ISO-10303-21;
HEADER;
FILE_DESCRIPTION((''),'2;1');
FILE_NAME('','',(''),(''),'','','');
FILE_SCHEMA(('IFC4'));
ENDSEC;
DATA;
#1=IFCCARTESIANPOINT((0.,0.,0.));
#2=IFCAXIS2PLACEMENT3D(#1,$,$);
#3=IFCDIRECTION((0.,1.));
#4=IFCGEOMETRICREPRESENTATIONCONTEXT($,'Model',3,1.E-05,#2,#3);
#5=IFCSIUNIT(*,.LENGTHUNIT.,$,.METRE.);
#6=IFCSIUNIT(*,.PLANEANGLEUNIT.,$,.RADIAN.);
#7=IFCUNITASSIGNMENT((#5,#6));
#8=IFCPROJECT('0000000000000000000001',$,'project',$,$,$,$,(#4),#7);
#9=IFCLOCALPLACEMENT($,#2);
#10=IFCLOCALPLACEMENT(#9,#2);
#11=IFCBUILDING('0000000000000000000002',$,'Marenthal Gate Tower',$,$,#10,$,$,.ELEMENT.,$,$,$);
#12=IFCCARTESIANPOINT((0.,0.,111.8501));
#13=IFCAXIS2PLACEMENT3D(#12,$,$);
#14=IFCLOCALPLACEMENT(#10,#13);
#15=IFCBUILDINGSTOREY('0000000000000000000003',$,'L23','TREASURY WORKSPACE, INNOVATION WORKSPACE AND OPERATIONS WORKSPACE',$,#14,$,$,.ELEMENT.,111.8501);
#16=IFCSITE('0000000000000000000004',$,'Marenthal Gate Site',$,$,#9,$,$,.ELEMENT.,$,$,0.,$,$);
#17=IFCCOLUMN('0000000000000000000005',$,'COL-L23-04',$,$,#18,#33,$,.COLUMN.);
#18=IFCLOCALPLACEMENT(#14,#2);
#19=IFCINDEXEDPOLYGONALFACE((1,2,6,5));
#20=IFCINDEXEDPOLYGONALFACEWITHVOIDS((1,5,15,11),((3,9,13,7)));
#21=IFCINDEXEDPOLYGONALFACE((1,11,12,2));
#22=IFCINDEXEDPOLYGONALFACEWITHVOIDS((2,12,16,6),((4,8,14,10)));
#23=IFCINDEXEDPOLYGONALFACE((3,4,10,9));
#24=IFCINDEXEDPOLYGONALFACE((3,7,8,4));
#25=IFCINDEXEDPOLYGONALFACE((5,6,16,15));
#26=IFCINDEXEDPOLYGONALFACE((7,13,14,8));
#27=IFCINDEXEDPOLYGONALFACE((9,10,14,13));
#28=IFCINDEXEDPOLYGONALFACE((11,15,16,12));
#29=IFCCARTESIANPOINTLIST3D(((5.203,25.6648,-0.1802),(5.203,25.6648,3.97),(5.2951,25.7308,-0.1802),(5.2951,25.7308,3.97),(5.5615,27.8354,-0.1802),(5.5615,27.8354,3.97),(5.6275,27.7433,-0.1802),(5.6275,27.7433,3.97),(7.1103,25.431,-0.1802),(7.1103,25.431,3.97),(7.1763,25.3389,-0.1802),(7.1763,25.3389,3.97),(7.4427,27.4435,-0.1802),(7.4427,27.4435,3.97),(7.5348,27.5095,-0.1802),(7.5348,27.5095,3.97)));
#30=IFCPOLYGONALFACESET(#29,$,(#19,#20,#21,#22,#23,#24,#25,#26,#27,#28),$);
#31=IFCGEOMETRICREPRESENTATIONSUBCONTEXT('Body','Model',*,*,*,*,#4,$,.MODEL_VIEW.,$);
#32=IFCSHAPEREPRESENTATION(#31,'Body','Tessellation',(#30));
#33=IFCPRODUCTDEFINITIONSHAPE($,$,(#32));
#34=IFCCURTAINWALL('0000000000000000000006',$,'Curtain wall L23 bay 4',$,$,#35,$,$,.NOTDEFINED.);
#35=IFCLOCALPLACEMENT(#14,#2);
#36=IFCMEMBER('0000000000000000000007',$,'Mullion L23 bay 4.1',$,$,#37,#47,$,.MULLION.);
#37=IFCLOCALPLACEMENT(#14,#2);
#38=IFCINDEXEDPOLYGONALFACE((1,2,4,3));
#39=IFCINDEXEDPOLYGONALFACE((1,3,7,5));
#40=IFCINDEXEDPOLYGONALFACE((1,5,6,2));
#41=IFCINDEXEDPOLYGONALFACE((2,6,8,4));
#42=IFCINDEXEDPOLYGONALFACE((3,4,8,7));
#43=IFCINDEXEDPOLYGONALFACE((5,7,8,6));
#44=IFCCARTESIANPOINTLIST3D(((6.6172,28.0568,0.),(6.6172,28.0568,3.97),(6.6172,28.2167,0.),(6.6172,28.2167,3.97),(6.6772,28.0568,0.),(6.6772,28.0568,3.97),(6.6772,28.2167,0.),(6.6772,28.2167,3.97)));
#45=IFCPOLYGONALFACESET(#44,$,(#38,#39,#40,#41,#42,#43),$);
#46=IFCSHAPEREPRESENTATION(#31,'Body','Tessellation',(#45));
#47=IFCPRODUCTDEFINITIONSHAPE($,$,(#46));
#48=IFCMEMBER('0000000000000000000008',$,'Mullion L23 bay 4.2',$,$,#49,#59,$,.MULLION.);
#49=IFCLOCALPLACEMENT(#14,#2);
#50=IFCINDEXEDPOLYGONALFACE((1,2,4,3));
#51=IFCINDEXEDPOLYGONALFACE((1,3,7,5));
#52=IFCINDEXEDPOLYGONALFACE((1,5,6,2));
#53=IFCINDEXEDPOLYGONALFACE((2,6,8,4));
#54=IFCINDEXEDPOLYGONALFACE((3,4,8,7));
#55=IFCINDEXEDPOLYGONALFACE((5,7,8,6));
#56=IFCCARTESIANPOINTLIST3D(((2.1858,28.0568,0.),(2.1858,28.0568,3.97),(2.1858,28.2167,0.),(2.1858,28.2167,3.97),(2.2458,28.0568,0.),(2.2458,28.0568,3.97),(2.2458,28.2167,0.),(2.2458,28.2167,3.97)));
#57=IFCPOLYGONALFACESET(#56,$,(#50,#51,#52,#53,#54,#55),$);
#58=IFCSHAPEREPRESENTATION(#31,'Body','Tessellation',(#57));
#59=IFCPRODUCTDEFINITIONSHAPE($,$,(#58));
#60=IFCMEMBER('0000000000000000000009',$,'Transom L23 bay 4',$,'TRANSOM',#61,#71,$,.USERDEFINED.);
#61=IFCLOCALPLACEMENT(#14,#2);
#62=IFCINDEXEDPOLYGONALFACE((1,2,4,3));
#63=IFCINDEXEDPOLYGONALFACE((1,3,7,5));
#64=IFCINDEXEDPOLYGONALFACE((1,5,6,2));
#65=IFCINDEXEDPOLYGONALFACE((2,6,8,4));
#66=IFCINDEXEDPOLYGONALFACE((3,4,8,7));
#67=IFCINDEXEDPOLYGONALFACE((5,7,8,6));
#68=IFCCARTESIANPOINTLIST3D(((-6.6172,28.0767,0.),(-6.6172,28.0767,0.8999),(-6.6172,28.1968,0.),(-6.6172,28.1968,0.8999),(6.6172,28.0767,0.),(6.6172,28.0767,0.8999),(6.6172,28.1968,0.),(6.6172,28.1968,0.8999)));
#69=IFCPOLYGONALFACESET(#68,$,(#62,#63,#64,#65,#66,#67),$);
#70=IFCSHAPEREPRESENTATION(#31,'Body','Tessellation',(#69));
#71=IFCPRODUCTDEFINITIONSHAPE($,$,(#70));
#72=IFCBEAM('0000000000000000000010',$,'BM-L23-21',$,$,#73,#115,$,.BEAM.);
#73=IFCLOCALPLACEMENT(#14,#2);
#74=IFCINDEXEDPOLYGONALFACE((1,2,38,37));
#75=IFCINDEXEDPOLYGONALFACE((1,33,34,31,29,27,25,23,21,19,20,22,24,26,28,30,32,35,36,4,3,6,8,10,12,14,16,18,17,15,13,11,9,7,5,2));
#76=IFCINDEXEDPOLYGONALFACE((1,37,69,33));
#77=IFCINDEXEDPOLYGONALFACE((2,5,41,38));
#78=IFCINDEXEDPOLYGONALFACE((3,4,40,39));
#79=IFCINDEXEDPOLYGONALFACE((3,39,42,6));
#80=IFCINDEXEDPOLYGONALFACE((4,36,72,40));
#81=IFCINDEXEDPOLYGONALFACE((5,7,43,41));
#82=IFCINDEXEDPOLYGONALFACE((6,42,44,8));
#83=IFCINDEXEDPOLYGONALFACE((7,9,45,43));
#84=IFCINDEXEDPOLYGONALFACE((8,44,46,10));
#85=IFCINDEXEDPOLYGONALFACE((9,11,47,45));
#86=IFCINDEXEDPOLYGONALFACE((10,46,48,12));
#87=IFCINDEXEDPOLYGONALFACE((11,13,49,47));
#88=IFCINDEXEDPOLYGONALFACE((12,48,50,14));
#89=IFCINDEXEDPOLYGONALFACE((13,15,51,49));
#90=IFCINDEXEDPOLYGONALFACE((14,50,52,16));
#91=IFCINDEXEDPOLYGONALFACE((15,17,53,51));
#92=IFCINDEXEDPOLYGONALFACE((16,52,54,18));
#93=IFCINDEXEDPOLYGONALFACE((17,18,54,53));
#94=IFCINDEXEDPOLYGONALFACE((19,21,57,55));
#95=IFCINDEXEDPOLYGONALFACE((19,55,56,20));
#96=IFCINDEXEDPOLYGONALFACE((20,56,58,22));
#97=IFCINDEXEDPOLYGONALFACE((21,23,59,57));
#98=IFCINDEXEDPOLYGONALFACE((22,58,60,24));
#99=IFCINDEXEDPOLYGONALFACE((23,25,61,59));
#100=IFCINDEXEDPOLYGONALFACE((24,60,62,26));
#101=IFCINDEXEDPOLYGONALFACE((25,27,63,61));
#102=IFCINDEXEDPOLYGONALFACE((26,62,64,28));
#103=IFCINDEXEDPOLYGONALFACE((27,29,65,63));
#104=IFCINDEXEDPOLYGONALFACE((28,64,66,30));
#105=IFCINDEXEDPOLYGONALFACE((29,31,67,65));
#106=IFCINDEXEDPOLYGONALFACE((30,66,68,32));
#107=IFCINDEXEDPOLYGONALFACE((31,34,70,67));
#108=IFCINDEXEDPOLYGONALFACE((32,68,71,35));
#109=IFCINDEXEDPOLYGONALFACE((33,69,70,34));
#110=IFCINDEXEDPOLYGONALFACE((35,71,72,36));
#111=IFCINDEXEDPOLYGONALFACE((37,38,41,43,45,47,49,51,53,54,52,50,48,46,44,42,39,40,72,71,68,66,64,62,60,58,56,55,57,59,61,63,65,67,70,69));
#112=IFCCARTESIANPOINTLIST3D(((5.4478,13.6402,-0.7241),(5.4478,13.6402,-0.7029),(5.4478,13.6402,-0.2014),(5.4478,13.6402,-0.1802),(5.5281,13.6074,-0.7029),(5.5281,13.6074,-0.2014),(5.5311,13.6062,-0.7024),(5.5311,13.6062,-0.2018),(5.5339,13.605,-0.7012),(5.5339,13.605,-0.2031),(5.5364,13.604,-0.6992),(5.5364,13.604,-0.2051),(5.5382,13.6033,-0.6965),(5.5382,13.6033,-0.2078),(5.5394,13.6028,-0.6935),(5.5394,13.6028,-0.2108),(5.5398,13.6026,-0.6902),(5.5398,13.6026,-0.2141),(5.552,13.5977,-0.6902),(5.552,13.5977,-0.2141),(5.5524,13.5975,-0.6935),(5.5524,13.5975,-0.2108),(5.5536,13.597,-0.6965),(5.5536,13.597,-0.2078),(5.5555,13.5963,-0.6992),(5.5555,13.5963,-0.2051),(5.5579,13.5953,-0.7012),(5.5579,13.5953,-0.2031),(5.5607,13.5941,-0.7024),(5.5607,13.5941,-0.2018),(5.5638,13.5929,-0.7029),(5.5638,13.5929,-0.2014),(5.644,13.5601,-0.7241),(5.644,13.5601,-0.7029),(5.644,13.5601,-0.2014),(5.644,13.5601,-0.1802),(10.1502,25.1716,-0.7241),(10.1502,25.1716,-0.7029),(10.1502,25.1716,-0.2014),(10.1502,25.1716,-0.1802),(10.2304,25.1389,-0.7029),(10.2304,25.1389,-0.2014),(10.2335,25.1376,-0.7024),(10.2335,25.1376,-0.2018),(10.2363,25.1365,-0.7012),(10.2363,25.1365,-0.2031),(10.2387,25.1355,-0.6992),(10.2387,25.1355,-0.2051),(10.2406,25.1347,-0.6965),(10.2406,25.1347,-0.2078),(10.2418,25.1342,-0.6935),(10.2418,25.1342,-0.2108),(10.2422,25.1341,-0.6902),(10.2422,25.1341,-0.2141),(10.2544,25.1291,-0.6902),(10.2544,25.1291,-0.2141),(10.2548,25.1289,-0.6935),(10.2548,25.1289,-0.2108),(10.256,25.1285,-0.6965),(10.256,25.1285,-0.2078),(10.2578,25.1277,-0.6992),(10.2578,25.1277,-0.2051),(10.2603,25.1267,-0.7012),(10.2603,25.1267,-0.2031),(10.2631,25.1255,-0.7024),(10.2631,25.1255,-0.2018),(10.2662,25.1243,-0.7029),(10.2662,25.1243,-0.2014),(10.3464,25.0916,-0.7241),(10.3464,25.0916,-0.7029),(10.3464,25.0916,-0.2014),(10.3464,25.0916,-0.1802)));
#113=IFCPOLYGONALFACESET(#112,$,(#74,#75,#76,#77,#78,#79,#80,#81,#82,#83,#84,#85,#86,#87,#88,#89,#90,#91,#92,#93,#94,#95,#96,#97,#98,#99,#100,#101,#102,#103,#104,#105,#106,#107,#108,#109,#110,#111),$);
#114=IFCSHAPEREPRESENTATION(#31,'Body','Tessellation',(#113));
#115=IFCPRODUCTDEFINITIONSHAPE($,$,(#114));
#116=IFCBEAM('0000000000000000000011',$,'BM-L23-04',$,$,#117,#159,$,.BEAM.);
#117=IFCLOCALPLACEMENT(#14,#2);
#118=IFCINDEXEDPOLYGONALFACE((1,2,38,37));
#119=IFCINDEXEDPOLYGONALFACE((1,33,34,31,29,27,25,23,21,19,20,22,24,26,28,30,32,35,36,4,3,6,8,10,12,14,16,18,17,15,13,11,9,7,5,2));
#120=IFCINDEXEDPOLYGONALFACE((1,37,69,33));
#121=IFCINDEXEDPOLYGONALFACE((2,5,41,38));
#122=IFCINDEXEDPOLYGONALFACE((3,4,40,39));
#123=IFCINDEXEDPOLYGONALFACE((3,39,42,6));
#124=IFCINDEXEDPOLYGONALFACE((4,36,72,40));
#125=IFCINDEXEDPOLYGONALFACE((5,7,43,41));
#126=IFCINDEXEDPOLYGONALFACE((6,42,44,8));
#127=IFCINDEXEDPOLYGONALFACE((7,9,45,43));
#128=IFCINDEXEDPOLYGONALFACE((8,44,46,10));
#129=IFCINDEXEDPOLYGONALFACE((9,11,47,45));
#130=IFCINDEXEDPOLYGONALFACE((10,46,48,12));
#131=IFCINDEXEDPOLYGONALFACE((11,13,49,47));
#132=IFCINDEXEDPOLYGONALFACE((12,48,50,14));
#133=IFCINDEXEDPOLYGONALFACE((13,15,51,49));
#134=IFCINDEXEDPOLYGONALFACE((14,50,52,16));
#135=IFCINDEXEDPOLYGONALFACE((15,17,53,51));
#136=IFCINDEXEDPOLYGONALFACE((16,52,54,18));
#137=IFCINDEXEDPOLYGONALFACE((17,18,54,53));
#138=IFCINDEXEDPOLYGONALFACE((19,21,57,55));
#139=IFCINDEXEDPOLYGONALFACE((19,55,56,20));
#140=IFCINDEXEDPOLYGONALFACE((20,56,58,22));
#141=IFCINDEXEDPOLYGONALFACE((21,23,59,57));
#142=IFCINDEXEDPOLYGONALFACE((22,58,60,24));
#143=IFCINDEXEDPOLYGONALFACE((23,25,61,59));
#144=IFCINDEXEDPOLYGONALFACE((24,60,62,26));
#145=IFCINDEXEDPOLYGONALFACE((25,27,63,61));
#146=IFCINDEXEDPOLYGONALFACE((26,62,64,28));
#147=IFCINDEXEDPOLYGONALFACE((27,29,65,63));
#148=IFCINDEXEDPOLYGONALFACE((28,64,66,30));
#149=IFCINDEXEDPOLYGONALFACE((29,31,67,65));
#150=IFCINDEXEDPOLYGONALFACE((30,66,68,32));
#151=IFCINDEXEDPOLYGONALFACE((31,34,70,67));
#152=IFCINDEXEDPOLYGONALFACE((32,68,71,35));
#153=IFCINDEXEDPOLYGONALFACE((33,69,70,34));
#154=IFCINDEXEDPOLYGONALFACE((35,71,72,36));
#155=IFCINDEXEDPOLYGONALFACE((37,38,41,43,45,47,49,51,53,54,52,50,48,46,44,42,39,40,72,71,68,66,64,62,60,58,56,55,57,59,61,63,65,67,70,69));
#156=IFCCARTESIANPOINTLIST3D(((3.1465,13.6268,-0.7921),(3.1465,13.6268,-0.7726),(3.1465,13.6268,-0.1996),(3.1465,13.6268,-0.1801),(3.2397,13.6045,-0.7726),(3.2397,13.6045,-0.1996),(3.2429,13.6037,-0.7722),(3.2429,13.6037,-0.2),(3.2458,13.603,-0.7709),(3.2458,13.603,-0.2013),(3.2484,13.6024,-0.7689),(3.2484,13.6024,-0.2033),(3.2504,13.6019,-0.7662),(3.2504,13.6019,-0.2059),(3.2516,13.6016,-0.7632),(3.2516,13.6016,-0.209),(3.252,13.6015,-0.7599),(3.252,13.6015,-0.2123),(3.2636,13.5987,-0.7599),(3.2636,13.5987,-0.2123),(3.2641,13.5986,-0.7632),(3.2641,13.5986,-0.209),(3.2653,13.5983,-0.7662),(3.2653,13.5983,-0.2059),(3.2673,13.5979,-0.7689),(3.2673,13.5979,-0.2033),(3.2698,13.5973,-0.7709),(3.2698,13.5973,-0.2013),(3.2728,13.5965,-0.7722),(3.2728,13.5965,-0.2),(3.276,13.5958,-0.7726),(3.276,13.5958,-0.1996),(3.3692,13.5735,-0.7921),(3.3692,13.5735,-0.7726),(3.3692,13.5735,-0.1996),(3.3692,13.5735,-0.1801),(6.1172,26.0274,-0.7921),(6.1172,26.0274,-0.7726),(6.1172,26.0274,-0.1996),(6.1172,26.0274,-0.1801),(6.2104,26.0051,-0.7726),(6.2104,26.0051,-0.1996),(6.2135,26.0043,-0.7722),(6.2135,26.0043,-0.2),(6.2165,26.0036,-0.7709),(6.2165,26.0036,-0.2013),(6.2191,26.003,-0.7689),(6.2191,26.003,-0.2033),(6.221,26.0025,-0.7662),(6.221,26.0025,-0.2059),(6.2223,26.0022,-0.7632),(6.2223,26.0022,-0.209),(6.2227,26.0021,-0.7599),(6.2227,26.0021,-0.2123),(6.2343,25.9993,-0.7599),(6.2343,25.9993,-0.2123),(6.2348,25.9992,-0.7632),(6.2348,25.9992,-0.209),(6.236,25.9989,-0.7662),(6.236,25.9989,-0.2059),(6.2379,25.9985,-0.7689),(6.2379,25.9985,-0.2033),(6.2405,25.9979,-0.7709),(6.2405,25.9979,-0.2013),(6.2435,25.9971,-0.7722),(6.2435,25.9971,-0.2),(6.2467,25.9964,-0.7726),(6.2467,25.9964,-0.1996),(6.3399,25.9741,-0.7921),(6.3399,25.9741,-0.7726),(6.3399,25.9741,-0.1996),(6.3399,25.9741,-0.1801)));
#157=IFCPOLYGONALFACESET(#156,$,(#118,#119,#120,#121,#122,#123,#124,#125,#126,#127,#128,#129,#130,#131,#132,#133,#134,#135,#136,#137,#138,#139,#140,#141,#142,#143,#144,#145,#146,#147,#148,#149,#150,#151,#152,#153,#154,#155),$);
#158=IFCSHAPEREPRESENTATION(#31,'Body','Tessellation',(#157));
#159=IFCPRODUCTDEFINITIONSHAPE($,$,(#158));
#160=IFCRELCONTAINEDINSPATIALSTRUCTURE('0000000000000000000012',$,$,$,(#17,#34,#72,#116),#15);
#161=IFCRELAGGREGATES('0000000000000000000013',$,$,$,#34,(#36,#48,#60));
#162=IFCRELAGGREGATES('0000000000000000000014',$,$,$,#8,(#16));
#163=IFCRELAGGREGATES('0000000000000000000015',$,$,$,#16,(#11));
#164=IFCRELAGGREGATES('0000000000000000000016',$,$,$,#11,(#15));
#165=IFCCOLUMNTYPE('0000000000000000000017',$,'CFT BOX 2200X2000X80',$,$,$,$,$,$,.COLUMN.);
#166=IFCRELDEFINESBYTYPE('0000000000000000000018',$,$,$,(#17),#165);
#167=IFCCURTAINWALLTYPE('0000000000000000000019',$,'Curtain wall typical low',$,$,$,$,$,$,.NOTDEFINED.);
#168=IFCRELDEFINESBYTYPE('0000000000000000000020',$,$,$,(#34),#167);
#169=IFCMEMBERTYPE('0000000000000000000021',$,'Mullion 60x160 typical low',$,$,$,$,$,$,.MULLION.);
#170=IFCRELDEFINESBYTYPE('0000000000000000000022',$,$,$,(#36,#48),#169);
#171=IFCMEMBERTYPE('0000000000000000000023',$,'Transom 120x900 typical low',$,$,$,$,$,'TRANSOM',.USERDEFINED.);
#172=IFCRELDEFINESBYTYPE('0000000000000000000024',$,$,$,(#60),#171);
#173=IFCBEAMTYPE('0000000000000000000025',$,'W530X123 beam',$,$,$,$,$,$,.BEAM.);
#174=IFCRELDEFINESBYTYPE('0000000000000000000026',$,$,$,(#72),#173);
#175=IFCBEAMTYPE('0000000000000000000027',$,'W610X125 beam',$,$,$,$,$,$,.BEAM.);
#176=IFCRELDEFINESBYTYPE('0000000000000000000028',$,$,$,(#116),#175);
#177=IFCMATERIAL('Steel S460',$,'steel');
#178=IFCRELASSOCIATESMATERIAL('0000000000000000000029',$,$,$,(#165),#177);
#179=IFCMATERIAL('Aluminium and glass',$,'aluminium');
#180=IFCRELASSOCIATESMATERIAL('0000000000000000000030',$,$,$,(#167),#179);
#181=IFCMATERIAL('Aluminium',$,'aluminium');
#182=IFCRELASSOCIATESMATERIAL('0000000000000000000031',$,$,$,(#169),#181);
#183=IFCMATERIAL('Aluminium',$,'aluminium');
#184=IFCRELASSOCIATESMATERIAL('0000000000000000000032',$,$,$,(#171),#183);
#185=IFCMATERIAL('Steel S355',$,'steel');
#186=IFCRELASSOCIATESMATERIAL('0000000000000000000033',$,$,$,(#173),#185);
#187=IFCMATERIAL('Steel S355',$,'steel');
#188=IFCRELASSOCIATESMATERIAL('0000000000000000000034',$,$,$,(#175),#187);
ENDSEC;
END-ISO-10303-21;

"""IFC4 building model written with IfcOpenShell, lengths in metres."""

from ifc_helpers import new_model, si_unit, direction, frame, origin, origin_2d, place, context, subcontext, project, spatial, rectangle, hollow_rectangle, i_section, extrude, material, material_profile, profile_set, type_object, element, aggregate, save


model = new_model("IFC4")

# Units and contexts
model_context = context("Model", 3, precision=1e-05, world=origin(), true_north=direction((0.0, 1.0)))
body_context = subcontext(model_context, "Body", "Model", "MODEL_VIEW")
ifc_project = project(units=[si_unit("LENGTHUNIT", "METRE"), si_unit("PLANEANGLEUNIT", "RADIAN")], contexts=[model_context])

# Site, building, storey
site_placement = place(None, origin())
site = spatial("IfcSite", under=ifc_project, at=site_placement, Name="Marenthal Gate Site", CompositionType="ELEMENT", RefElevation=0.0)
building_placement = place(site_placement, origin())
building = spatial("IfcBuilding", under=site, at=building_placement, Name="Marenthal Gate Tower", CompositionType="ELEMENT")
storey_placement = place(building_placement, frame((0.0, 0.0, 111.8501)))
storey = spatial("IfcBuildingStorey", under=building, at=storey_placement, Name="L23", Description="TREASURY WORKSPACE, INNOVATION WORKSPACE AND OPERATIONS WORKSPACE", CompositionType="ELEMENT", Elevation=111.8501)

# Column
ifc_material_1 = material(Name="Steel S460", Category="steel")
ifc_material_profile_1 = material_profile(ifc_material_1, hollow_rectangle(XDim=2.0, YDim=2.2, WallThickness=0.0801, at=origin_2d()), Name="CFT BOX 2200X2000X80")
ifc_material_2 = material(Name="Concrete 70 MPa", Category="concrete")
ifc_material_profile_2 = material_profile(ifc_material_2, rectangle(XDim=1.8401, YDim=2.04, at=origin_2d()), Name="CFT BOX 2200X2000X80 INFILL")
ifc_profile_set_1 = profile_set([ifc_material_profile_1, ifc_material_profile_2], Name="Steel S460 shell, Concrete 70 MPa infill")
column_type = type_object("IfcColumnType", Name="CFT BOX 2200X2000X80", PredefinedType="COLUMN", material=ifc_profile_set_1)
column_placement = place(storey_placement, frame((6.3689, 26.5872, -0.1802), z_axis=(0.0, 0.0, 1.0), x_axis=(0.986633, -0.162961, 0.0)))
element("IfcColumn", 1, at=column_placement, inside=storey, type_object=column_type, Name="COL-L23-04", PredefinedType="COLUMN", context=body_context, shape_type="SweptSolid", body=[
    extrude(hollow_rectangle(XDim=2.0, YDim=2.2, WallThickness=0.0801, at=origin_2d()), origin(), (0.0, 0.0, 1.0), 4.1501),
])

# Curtain wall, members
ifc_material_3 = material(Name="Aluminium and glass", Category="aluminium")
curtain_wall_type = type_object("IfcCurtainWallType", Name="Curtain wall typical low", PredefinedType="NOTDEFINED", material=ifc_material_3)
curtain_wall_placement = place(storey_placement, origin())
curtain_wall = element("IfcCurtainWall", 2, at=curtain_wall_placement, inside=storey, type_object=curtain_wall_type, Name="Curtain wall L23 bay 4", PredefinedType="NOTDEFINED")
ifc_material_4 = material(Name="Aluminium", Category="aluminium")
ifc_material_profile_3 = material_profile(ifc_material_4, rectangle(XDim=0.1599, YDim=0.0601, at=origin_2d()), Name="60x160 aluminium mullion")
ifc_profile_set_2 = profile_set([ifc_material_profile_3], Name="Aluminium")
member_type_1 = type_object("IfcMemberType", Name="Mullion 60x160 typical low", PredefinedType="MULLION", material=ifc_profile_set_2)
member_1_placement = place(storey_placement, frame((6.6472, 28.1367, 0.0), z_axis=(0.0, 0.0, 1.0), x_axis=(0.0, -1.0, 0.0)))
member_1 = element("IfcMember", 3, at=member_1_placement, type_object=member_type_1, Name="Mullion L23 bay 4.1", PredefinedType="MULLION", context=body_context, shape_type="SweptSolid", body=[
    extrude(rectangle(XDim=0.1599, YDim=0.0601, at=origin_2d()), origin(), (0.0, 0.0, 1.0), 3.97),
])
member_2_placement = place(storey_placement, frame((2.2158, 28.1367, 0.0), z_axis=(0.0, 0.0, 1.0), x_axis=(0.0, -1.0, 0.0)))
member_2 = element("IfcMember", 4, at=member_2_placement, type_object=member_type_1, Name="Mullion L23 bay 4.2", PredefinedType="MULLION", context=body_context, shape_type="SweptSolid", body=[
    extrude(rectangle(XDim=0.1599, YDim=0.0601, at=origin_2d()), origin(), (0.0, 0.0, 1.0), 3.97),
])
ifc_material_5 = material(Name="Aluminium", Category="aluminium")
ifc_material_profile_4 = material_profile(ifc_material_5, rectangle(XDim=0.1201, YDim=0.8999, at=origin_2d()), Name="120x900 aluminium transom")
ifc_profile_set_3 = profile_set([ifc_material_profile_4], Name="Aluminium")
member_type_2 = type_object("IfcMemberType", Name="Transom 120x900 typical low", ElementType="TRANSOM", PredefinedType="USERDEFINED", material=ifc_profile_set_3)
member_3_placement = place(storey_placement, frame((6.6172, 28.1367, 0.45), z_axis=(-1.0, 0.0, 0.0), x_axis=(0.0, -1.0, 0.0)))
member_3 = element("IfcMember", 5, at=member_3_placement, type_object=member_type_2, Name="Transom L23 bay 4", ObjectType="TRANSOM", PredefinedType="USERDEFINED", context=body_context, shape_type="SweptSolid", body=[
    extrude(rectangle(XDim=0.1201, YDim=0.8999, at=origin_2d()), origin(), (0.0, 0.0, 1.0), 13.2344),
])

# Beams
ifc_material_6 = material(Name="Steel S355", Category="steel")
ifc_material_profile_5 = material_profile(ifc_material_6, i_section(OverallWidth=0.2119, OverallDepth=0.5439, WebThickness=0.0132, FlangeThickness=0.0212, FilletRadius=0.0127, at=origin_2d()), Name="W530X123")
ifc_profile_set_4 = profile_set([ifc_material_profile_5], Name="Steel S355")
beam_type_1 = type_object("IfcBeamType", Name="W530X123 beam", PredefinedType="BEAM", material=ifc_profile_set_4)
beam_1_placement = place(storey_placement, frame((10.2483, 25.1316, -0.4521), z_axis=(-0.377598, -0.92597, 0.0), x_axis=(0.92597, -0.377598, 0.0)))
element("IfcBeam", 6, at=beam_1_placement, inside=storey, type_object=beam_type_1, Name="BM-L23-21", PredefinedType="BEAM", context=body_context, shape_type="SweptSolid", body=[
    extrude(i_section(OverallWidth=0.2119, OverallDepth=0.5439, WebThickness=0.0132, FlangeThickness=0.0212, FilletRadius=0.0127, at=origin_2d()), origin(), (0.0, 0.0, 1.0), 12.4534),
])
ifc_material_7 = material(Name="Steel S355", Category="steel")
ifc_material_profile_6 = material_profile(ifc_material_7, i_section(OverallWidth=0.229, OverallDepth=0.6121, WebThickness=0.012, FlangeThickness=0.0195, FilletRadius=0.0127, at=origin_2d()), Name="W610X125")
ifc_profile_set_5 = profile_set([ifc_material_profile_6], Name="Steel S355")
beam_type_2 = type_object("IfcBeamType", Name="W610X125 beam", PredefinedType="BEAM", material=ifc_profile_set_5)
beam_2_placement = place(storey_placement, frame((6.2285, 26.0007, -0.4861), z_axis=(-0.232969, -0.972484, 0.0), x_axis=(0.972484, -0.232969, 0.0)))
element("IfcBeam", 7, at=beam_2_placement, inside=storey, type_object=beam_type_2, Name="BM-L23-04", PredefinedType="BEAM", context=body_context, shape_type="SweptSolid", body=[
    extrude(i_section(OverallWidth=0.229, OverallDepth=0.6121, WebThickness=0.012, FlangeThickness=0.0195, FilletRadius=0.0127, at=origin_2d()), origin(), (0.0, 0.0, 1.0), 12.7515),
])

aggregate(curtain_wall, [member_1, member_2, member_3])

save(model, "model.ifc")
